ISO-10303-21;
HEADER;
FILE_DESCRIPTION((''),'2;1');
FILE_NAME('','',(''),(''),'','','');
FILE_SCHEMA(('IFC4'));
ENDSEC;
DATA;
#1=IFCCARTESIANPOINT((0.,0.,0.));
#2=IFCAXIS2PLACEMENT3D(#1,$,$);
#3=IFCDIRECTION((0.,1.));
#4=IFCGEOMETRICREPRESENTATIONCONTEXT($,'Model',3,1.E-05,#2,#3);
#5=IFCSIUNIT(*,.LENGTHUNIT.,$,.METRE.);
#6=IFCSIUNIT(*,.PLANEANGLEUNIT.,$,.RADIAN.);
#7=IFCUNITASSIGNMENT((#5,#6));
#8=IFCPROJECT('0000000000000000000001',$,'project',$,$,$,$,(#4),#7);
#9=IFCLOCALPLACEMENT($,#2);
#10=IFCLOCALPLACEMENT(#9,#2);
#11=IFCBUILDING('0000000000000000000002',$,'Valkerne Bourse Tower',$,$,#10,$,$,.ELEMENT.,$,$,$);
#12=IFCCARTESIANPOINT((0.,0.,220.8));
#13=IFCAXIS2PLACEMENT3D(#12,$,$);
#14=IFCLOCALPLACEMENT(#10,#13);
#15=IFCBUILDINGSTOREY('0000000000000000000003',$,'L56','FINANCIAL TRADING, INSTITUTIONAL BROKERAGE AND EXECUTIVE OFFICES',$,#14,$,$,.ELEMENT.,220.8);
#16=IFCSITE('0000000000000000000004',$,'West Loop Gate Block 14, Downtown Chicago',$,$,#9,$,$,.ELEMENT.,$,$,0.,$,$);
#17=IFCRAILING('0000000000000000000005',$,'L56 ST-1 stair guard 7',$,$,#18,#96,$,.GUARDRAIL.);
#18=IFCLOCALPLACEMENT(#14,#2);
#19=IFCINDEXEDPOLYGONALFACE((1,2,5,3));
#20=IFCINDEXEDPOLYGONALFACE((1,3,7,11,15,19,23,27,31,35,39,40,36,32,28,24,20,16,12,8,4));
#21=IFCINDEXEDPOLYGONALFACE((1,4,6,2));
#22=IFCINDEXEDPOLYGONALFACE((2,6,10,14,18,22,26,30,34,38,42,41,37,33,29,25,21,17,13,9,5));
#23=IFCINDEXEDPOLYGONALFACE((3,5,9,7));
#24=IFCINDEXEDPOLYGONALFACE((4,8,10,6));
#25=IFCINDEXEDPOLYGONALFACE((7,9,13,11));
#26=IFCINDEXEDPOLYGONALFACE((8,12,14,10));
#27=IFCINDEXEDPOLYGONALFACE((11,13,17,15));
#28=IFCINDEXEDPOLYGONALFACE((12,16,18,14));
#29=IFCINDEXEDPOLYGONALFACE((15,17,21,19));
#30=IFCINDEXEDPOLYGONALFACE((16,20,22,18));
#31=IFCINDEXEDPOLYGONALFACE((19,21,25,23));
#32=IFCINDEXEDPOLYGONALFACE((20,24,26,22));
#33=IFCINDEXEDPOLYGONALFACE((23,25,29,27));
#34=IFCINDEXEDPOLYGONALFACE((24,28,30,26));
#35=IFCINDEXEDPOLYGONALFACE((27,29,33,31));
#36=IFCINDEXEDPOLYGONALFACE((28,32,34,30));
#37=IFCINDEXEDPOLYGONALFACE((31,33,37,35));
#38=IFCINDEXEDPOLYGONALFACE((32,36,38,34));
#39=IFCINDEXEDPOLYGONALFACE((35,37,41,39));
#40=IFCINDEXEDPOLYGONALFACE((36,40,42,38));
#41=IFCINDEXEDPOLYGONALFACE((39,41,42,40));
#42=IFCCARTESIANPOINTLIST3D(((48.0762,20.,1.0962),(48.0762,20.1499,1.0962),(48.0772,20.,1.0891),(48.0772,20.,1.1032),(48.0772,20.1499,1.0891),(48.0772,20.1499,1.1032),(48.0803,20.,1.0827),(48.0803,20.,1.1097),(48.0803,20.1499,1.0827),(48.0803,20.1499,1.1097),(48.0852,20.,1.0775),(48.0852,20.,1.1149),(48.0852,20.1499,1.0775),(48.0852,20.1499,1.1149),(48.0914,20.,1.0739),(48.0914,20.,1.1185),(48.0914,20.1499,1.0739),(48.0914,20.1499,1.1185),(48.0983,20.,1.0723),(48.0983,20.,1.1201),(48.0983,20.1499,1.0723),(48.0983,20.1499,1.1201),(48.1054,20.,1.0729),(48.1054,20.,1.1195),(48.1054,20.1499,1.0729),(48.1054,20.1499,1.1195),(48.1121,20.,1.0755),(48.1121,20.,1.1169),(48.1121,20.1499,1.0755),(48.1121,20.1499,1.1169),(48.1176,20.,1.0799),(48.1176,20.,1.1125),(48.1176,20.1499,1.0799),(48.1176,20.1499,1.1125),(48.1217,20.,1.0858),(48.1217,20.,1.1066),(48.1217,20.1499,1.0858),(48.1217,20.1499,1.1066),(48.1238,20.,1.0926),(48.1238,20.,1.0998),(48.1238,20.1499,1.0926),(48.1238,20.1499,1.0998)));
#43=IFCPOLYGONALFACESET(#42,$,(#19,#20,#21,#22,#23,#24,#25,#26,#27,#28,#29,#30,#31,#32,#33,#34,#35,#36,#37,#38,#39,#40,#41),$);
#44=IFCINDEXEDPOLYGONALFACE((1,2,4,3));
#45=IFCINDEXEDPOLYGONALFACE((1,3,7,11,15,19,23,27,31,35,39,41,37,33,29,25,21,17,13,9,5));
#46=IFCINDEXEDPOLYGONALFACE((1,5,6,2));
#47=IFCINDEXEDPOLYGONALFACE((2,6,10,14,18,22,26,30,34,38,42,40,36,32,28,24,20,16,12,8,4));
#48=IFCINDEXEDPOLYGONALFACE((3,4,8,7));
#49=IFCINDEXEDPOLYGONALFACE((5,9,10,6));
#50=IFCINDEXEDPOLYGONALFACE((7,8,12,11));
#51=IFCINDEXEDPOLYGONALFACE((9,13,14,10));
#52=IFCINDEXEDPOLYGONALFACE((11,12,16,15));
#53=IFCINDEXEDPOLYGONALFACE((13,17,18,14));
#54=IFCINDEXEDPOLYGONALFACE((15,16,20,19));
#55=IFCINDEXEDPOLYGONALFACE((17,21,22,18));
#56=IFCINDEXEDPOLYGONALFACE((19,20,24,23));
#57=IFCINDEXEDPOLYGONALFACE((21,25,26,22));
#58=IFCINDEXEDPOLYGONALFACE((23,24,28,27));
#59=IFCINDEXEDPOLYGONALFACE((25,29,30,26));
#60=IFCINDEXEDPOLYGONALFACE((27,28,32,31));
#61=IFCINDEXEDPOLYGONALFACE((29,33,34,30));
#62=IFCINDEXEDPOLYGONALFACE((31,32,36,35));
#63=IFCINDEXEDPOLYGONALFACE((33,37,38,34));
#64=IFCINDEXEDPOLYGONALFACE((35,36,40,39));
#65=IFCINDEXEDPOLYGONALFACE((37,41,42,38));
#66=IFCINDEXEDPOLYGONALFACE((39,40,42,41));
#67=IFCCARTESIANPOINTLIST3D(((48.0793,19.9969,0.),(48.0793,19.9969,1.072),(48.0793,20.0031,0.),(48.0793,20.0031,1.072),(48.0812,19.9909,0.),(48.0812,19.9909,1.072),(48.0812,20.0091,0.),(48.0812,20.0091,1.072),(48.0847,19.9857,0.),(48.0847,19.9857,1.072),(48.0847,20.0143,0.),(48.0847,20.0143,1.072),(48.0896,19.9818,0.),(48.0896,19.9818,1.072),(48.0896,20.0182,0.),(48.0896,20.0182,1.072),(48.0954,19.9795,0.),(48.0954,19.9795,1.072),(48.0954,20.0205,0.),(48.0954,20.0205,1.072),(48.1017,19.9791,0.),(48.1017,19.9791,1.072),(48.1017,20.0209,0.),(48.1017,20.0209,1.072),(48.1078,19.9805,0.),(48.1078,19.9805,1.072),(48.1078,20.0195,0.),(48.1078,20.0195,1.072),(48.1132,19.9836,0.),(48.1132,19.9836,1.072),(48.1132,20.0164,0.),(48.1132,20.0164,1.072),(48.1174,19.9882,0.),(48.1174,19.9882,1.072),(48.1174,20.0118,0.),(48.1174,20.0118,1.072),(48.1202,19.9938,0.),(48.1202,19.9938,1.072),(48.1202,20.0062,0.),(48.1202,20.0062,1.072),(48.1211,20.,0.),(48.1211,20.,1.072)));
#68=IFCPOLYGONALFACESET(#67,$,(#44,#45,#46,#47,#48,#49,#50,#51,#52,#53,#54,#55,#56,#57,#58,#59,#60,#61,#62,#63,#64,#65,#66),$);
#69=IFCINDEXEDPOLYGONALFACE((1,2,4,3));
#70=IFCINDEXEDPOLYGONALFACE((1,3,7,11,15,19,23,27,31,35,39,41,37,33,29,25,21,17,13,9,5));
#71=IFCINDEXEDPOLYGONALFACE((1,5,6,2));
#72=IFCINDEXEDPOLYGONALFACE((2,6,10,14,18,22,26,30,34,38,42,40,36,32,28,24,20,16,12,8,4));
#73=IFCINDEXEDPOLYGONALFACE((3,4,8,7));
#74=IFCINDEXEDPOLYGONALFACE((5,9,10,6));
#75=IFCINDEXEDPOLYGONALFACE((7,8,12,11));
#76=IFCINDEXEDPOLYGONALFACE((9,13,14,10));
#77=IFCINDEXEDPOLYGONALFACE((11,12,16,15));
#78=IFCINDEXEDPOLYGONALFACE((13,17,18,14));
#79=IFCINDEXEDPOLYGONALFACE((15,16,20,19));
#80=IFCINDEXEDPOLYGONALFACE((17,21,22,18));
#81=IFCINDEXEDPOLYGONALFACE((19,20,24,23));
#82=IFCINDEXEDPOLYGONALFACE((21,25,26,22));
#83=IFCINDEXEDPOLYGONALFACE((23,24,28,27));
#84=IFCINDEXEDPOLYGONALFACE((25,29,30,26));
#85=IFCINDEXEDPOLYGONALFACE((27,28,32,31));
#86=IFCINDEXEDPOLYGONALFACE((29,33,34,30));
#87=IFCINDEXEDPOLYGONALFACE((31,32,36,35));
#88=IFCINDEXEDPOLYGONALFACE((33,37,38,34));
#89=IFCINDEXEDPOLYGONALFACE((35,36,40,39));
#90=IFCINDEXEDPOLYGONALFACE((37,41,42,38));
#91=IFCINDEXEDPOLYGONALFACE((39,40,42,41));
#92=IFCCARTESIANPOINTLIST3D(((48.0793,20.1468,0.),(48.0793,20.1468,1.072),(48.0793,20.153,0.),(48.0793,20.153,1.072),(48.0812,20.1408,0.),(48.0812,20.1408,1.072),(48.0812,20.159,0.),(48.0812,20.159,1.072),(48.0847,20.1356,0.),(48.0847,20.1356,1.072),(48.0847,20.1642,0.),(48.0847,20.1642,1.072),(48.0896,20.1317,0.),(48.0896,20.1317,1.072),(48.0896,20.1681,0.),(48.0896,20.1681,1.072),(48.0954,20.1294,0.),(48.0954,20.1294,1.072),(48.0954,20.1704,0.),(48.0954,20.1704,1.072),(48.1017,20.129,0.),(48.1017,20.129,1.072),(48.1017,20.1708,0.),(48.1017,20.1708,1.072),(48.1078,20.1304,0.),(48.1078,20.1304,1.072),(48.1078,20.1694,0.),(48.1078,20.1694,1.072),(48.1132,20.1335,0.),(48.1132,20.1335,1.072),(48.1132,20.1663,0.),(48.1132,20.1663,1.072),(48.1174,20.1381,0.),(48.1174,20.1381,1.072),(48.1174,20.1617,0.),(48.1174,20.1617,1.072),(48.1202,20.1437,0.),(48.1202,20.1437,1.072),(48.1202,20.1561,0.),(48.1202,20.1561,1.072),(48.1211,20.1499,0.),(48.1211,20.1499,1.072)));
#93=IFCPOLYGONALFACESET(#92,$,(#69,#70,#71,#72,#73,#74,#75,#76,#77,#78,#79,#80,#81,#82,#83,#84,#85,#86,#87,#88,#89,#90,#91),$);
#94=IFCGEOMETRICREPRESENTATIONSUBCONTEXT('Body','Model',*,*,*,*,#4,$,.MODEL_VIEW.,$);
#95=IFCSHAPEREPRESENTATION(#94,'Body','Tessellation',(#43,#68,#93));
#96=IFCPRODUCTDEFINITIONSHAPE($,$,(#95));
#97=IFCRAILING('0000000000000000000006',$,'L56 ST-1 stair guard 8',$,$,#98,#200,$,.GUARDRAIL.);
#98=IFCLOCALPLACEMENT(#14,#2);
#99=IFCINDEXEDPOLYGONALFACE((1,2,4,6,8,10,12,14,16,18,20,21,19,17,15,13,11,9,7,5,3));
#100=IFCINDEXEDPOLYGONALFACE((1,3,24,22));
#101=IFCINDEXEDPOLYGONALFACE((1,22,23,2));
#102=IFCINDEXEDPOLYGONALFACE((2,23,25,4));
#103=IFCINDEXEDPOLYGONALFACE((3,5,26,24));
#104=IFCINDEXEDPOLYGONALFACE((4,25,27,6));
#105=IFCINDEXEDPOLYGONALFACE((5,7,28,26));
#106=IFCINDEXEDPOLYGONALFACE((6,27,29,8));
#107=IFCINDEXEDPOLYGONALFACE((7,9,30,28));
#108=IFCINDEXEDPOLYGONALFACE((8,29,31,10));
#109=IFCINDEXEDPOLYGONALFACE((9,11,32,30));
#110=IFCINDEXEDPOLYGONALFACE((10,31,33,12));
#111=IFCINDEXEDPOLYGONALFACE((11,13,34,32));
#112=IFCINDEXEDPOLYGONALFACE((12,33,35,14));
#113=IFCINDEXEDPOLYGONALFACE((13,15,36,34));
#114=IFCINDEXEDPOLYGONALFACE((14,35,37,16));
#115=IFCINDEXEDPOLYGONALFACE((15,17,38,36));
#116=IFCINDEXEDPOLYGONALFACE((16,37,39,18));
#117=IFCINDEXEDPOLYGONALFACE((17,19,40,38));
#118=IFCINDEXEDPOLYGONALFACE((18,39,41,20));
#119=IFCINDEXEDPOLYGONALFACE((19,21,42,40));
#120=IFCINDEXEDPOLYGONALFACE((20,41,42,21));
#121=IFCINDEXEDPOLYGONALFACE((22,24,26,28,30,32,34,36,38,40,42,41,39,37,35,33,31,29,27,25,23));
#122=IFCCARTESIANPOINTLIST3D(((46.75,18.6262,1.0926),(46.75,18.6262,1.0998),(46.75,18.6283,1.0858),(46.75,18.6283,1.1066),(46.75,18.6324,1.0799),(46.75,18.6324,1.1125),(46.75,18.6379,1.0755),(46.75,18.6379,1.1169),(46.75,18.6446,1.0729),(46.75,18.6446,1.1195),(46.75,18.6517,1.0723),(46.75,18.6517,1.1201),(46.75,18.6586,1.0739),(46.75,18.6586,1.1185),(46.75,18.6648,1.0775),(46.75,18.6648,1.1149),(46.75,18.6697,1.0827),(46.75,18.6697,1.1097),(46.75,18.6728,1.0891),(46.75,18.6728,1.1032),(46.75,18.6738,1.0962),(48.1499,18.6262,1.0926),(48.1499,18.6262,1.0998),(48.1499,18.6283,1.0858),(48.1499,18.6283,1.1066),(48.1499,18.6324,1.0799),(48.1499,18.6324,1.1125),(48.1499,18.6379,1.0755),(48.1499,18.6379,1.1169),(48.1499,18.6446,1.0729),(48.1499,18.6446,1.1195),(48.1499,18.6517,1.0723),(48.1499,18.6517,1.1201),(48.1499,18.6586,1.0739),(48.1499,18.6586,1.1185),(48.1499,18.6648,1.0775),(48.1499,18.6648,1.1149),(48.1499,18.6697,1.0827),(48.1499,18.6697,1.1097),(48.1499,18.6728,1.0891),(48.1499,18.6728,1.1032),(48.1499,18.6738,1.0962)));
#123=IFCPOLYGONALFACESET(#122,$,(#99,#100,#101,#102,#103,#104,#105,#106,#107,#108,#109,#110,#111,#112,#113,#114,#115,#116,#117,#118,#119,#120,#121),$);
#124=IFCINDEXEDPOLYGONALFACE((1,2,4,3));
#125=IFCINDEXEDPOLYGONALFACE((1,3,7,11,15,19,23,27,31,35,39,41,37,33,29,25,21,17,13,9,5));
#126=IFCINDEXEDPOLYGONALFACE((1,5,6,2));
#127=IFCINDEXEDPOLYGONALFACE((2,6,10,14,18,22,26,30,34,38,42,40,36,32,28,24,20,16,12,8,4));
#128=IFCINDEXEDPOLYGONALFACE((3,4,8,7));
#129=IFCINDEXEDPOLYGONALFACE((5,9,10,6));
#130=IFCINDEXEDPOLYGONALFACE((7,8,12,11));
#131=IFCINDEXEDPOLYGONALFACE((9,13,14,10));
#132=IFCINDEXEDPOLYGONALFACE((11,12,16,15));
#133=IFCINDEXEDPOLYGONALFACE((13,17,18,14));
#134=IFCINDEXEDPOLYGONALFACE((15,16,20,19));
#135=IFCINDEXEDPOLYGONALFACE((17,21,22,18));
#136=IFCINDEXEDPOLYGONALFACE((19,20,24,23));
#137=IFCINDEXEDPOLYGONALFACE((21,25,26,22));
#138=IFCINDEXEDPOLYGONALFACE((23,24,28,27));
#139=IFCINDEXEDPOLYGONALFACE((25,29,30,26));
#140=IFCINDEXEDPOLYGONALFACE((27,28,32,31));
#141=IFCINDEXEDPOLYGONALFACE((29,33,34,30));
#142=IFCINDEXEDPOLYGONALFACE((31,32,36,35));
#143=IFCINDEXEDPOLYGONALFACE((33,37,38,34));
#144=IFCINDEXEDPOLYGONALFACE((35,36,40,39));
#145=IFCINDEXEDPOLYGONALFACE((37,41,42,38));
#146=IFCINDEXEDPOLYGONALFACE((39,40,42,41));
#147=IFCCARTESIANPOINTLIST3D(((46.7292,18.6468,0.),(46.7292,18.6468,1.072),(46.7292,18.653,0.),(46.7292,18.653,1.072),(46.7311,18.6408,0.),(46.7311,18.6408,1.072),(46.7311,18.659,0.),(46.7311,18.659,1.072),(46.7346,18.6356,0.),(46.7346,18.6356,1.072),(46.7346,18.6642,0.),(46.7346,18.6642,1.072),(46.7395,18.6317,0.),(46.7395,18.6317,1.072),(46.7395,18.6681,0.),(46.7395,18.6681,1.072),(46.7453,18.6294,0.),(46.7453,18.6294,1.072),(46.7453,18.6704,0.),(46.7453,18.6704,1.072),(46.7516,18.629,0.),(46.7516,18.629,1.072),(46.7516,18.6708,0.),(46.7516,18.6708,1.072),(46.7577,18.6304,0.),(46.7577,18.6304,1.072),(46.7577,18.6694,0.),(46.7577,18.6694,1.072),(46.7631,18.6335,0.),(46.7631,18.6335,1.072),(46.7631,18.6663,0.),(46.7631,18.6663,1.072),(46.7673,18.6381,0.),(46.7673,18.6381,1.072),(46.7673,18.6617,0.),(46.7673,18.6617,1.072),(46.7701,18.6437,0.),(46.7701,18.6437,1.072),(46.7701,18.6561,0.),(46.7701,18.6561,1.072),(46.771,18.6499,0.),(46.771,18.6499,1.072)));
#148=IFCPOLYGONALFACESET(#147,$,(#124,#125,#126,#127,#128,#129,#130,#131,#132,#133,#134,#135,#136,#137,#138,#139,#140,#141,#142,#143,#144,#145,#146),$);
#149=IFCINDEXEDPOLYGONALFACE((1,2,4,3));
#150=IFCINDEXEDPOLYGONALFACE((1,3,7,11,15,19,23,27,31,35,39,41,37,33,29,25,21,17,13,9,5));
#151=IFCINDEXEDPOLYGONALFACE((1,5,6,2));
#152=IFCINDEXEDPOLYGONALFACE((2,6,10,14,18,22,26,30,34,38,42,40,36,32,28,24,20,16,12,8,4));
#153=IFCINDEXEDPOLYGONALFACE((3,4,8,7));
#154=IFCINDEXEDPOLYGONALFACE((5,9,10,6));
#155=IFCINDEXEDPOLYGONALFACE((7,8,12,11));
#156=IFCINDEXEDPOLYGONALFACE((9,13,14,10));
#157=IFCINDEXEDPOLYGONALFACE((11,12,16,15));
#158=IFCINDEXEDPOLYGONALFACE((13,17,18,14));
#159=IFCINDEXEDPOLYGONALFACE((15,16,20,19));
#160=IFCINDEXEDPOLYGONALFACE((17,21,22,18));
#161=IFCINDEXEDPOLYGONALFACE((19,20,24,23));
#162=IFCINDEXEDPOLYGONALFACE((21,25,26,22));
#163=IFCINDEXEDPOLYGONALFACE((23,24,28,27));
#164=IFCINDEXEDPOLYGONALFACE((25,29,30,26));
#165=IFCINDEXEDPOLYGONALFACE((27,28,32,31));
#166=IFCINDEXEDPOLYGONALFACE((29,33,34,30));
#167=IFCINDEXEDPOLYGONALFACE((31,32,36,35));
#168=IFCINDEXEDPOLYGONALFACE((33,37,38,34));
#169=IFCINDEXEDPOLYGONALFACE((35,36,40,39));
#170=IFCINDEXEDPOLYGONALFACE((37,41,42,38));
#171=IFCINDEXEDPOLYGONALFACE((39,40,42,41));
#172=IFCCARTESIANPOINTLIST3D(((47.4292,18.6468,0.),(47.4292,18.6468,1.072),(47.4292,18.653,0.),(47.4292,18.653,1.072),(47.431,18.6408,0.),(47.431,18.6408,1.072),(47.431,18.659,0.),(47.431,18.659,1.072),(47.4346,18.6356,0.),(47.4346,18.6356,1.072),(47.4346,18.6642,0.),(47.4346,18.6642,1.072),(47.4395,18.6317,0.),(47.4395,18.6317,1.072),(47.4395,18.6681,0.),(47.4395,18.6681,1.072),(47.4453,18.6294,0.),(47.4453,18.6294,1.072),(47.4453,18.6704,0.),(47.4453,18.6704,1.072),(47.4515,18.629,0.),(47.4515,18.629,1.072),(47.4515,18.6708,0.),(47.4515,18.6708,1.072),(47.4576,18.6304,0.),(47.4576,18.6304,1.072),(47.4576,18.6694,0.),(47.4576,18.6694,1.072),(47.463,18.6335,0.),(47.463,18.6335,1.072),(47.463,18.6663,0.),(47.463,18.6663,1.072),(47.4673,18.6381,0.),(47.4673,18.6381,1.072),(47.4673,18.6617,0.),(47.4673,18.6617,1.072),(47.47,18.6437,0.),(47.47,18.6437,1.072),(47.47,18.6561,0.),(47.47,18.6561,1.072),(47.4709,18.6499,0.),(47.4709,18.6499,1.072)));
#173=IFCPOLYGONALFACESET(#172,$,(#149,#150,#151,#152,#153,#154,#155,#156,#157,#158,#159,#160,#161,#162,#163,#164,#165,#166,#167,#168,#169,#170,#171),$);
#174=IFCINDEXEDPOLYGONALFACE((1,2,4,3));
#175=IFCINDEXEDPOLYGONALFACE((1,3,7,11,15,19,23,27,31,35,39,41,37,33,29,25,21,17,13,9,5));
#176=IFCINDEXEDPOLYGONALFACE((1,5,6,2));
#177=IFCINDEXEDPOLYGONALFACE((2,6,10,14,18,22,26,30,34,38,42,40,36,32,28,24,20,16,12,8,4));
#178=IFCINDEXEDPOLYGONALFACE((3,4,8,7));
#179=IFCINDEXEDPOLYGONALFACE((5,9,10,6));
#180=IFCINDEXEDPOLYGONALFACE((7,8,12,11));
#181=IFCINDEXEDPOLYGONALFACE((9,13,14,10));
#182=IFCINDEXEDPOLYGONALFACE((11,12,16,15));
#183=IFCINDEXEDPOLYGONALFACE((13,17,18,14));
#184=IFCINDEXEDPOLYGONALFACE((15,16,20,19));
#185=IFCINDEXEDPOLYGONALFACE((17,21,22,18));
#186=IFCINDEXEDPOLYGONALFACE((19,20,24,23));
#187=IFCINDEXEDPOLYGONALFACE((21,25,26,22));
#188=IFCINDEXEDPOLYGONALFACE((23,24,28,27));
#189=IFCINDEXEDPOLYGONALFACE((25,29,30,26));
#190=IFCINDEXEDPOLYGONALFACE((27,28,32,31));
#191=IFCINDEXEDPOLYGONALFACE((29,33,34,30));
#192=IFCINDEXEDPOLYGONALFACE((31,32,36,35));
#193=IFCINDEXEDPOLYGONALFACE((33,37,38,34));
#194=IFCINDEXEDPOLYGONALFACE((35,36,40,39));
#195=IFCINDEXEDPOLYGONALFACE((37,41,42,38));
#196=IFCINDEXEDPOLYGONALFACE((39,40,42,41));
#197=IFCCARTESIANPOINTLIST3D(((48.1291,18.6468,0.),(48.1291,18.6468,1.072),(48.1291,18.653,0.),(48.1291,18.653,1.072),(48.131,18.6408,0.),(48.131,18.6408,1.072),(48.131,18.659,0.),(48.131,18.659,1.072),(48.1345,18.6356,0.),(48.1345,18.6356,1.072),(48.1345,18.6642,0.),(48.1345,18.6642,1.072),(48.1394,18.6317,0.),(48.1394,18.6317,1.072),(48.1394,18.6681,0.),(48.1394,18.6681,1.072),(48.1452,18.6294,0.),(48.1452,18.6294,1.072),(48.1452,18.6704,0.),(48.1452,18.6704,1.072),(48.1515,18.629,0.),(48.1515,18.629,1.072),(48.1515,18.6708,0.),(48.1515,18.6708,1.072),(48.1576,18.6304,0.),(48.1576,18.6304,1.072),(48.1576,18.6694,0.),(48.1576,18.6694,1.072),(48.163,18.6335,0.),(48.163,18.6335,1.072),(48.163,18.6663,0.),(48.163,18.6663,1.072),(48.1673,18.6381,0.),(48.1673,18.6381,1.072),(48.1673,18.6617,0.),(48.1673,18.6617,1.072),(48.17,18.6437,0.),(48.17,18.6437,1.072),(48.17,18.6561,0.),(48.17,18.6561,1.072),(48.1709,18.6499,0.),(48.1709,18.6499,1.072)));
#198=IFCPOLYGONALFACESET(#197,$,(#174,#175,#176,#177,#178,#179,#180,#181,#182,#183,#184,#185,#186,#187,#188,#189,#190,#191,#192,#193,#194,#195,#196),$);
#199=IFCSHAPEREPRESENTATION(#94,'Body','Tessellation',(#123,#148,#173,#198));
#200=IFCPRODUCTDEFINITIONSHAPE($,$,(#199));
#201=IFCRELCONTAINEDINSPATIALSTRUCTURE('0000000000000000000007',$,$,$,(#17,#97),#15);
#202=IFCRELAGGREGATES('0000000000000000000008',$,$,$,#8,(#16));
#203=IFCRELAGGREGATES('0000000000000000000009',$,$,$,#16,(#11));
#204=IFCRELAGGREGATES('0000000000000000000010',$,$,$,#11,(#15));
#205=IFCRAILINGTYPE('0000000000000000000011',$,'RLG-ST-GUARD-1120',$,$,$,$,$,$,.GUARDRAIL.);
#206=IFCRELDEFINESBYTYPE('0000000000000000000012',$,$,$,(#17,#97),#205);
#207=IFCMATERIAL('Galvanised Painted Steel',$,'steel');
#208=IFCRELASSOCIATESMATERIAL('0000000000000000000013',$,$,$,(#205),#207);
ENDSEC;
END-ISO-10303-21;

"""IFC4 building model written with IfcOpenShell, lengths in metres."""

from ifc_helpers import new_model, si_unit, direction, frame, origin, origin_2d, place, context, subcontext, project, spatial, circle, extrude, material, type_object, element, save


model = new_model("IFC4")

# Units and contexts
model_context = context("Model", 3, precision=1e-05, world=origin(), true_north=direction((0.0, 1.0)))
body_context = subcontext(model_context, "Body", "Model", "MODEL_VIEW")
ifc_project = project(units=[si_unit("LENGTHUNIT", "METRE"), si_unit("PLANEANGLEUNIT", "RADIAN")], contexts=[model_context])

# Site, building, storey
site_placement = place(None, origin())
site = spatial("IfcSite", under=ifc_project, at=site_placement, Name="West Loop Gate Block 14, Downtown Chicago", CompositionType="ELEMENT", RefElevation=0.0)
building_placement = place(site_placement, origin())
building = spatial("IfcBuilding", under=site, at=building_placement, Name="Valkerne Bourse Tower", CompositionType="ELEMENT")
storey_placement = place(building_placement, frame((0.0, 0.0, 220.8)))
storey = spatial("IfcBuildingStorey", under=building, at=storey_placement, Name="L56", Description="FINANCIAL TRADING, INSTITUTIONAL BROKERAGE AND EXECUTIVE OFFICES", CompositionType="ELEMENT", Elevation=220.8)

# Shared definitions
ifc_material_1 = material(Name="Galvanised Painted Steel", Category="steel")

# Railings
railing_type_1 = type_object("IfcRailingType", Name="RLG-ST-GUARD-1120", PredefinedType="GUARDRAIL", material=ifc_material_1)
railing_1_placement = place(storey_placement, frame((48.1001, 20.0, 0.0)))
element("IfcRailing", 1, at=railing_1_placement, inside=storey, type_object=railing_type_1, Name="L56 ST-1 stair guard 7", PredefinedType="GUARDRAIL", context=body_context, shape_type="SweptSolid", body=[
    extrude(circle(Radius=0.0239, at=origin_2d()), frame((0.0, 0.0, 1.0962), z_axis=(0.0, 1.0, 0.0), x_axis=(-1.0, 0.0, 0.0)), (0.0, 0.0, 1.0), 0.1499),
    extrude(circle(Radius=0.021, at=origin_2d()), origin(), (0.0, 0.0, 1.0), 1.072),
    extrude(circle(Radius=0.021, at=origin_2d()), frame((0.0, 0.1499, 0.0)), (0.0, 0.0, 1.0), 1.072),
])
for number, where, name in (
    (2, (46.75, 18.6499, 0.0), "L56 ST-1 stair guard 8"),
):
    element("IfcRailing", number, at=place(storey_placement, frame(where)), inside=storey, type_object=railing_type_1, Name=name, PredefinedType="GUARDRAIL", context=body_context, shape_type="SweptSolid", body=[
        extrude(circle(Radius=0.0239, at=origin_2d()), frame((0.0, 0.0, 1.0962), z_axis=(1.0, 0.0, 0.0), x_axis=(0.0, 1.0, 0.0)), (0.0, 0.0, 1.0), 1.3999),
        extrude(circle(Radius=0.021, at=origin_2d()), origin(), (0.0, 0.0, 1.0), 1.072),
        extrude(circle(Radius=0.021, at=origin_2d()), frame((0.7, 0.0, 0.0)), (0.0, 0.0, 1.0), 1.072),
        extrude(circle(Radius=0.021, at=origin_2d()), frame((1.3999, 0.0, 0.0)), (0.0, 0.0, 1.0), 1.072),
    ])

save(model, "model.ifc")
